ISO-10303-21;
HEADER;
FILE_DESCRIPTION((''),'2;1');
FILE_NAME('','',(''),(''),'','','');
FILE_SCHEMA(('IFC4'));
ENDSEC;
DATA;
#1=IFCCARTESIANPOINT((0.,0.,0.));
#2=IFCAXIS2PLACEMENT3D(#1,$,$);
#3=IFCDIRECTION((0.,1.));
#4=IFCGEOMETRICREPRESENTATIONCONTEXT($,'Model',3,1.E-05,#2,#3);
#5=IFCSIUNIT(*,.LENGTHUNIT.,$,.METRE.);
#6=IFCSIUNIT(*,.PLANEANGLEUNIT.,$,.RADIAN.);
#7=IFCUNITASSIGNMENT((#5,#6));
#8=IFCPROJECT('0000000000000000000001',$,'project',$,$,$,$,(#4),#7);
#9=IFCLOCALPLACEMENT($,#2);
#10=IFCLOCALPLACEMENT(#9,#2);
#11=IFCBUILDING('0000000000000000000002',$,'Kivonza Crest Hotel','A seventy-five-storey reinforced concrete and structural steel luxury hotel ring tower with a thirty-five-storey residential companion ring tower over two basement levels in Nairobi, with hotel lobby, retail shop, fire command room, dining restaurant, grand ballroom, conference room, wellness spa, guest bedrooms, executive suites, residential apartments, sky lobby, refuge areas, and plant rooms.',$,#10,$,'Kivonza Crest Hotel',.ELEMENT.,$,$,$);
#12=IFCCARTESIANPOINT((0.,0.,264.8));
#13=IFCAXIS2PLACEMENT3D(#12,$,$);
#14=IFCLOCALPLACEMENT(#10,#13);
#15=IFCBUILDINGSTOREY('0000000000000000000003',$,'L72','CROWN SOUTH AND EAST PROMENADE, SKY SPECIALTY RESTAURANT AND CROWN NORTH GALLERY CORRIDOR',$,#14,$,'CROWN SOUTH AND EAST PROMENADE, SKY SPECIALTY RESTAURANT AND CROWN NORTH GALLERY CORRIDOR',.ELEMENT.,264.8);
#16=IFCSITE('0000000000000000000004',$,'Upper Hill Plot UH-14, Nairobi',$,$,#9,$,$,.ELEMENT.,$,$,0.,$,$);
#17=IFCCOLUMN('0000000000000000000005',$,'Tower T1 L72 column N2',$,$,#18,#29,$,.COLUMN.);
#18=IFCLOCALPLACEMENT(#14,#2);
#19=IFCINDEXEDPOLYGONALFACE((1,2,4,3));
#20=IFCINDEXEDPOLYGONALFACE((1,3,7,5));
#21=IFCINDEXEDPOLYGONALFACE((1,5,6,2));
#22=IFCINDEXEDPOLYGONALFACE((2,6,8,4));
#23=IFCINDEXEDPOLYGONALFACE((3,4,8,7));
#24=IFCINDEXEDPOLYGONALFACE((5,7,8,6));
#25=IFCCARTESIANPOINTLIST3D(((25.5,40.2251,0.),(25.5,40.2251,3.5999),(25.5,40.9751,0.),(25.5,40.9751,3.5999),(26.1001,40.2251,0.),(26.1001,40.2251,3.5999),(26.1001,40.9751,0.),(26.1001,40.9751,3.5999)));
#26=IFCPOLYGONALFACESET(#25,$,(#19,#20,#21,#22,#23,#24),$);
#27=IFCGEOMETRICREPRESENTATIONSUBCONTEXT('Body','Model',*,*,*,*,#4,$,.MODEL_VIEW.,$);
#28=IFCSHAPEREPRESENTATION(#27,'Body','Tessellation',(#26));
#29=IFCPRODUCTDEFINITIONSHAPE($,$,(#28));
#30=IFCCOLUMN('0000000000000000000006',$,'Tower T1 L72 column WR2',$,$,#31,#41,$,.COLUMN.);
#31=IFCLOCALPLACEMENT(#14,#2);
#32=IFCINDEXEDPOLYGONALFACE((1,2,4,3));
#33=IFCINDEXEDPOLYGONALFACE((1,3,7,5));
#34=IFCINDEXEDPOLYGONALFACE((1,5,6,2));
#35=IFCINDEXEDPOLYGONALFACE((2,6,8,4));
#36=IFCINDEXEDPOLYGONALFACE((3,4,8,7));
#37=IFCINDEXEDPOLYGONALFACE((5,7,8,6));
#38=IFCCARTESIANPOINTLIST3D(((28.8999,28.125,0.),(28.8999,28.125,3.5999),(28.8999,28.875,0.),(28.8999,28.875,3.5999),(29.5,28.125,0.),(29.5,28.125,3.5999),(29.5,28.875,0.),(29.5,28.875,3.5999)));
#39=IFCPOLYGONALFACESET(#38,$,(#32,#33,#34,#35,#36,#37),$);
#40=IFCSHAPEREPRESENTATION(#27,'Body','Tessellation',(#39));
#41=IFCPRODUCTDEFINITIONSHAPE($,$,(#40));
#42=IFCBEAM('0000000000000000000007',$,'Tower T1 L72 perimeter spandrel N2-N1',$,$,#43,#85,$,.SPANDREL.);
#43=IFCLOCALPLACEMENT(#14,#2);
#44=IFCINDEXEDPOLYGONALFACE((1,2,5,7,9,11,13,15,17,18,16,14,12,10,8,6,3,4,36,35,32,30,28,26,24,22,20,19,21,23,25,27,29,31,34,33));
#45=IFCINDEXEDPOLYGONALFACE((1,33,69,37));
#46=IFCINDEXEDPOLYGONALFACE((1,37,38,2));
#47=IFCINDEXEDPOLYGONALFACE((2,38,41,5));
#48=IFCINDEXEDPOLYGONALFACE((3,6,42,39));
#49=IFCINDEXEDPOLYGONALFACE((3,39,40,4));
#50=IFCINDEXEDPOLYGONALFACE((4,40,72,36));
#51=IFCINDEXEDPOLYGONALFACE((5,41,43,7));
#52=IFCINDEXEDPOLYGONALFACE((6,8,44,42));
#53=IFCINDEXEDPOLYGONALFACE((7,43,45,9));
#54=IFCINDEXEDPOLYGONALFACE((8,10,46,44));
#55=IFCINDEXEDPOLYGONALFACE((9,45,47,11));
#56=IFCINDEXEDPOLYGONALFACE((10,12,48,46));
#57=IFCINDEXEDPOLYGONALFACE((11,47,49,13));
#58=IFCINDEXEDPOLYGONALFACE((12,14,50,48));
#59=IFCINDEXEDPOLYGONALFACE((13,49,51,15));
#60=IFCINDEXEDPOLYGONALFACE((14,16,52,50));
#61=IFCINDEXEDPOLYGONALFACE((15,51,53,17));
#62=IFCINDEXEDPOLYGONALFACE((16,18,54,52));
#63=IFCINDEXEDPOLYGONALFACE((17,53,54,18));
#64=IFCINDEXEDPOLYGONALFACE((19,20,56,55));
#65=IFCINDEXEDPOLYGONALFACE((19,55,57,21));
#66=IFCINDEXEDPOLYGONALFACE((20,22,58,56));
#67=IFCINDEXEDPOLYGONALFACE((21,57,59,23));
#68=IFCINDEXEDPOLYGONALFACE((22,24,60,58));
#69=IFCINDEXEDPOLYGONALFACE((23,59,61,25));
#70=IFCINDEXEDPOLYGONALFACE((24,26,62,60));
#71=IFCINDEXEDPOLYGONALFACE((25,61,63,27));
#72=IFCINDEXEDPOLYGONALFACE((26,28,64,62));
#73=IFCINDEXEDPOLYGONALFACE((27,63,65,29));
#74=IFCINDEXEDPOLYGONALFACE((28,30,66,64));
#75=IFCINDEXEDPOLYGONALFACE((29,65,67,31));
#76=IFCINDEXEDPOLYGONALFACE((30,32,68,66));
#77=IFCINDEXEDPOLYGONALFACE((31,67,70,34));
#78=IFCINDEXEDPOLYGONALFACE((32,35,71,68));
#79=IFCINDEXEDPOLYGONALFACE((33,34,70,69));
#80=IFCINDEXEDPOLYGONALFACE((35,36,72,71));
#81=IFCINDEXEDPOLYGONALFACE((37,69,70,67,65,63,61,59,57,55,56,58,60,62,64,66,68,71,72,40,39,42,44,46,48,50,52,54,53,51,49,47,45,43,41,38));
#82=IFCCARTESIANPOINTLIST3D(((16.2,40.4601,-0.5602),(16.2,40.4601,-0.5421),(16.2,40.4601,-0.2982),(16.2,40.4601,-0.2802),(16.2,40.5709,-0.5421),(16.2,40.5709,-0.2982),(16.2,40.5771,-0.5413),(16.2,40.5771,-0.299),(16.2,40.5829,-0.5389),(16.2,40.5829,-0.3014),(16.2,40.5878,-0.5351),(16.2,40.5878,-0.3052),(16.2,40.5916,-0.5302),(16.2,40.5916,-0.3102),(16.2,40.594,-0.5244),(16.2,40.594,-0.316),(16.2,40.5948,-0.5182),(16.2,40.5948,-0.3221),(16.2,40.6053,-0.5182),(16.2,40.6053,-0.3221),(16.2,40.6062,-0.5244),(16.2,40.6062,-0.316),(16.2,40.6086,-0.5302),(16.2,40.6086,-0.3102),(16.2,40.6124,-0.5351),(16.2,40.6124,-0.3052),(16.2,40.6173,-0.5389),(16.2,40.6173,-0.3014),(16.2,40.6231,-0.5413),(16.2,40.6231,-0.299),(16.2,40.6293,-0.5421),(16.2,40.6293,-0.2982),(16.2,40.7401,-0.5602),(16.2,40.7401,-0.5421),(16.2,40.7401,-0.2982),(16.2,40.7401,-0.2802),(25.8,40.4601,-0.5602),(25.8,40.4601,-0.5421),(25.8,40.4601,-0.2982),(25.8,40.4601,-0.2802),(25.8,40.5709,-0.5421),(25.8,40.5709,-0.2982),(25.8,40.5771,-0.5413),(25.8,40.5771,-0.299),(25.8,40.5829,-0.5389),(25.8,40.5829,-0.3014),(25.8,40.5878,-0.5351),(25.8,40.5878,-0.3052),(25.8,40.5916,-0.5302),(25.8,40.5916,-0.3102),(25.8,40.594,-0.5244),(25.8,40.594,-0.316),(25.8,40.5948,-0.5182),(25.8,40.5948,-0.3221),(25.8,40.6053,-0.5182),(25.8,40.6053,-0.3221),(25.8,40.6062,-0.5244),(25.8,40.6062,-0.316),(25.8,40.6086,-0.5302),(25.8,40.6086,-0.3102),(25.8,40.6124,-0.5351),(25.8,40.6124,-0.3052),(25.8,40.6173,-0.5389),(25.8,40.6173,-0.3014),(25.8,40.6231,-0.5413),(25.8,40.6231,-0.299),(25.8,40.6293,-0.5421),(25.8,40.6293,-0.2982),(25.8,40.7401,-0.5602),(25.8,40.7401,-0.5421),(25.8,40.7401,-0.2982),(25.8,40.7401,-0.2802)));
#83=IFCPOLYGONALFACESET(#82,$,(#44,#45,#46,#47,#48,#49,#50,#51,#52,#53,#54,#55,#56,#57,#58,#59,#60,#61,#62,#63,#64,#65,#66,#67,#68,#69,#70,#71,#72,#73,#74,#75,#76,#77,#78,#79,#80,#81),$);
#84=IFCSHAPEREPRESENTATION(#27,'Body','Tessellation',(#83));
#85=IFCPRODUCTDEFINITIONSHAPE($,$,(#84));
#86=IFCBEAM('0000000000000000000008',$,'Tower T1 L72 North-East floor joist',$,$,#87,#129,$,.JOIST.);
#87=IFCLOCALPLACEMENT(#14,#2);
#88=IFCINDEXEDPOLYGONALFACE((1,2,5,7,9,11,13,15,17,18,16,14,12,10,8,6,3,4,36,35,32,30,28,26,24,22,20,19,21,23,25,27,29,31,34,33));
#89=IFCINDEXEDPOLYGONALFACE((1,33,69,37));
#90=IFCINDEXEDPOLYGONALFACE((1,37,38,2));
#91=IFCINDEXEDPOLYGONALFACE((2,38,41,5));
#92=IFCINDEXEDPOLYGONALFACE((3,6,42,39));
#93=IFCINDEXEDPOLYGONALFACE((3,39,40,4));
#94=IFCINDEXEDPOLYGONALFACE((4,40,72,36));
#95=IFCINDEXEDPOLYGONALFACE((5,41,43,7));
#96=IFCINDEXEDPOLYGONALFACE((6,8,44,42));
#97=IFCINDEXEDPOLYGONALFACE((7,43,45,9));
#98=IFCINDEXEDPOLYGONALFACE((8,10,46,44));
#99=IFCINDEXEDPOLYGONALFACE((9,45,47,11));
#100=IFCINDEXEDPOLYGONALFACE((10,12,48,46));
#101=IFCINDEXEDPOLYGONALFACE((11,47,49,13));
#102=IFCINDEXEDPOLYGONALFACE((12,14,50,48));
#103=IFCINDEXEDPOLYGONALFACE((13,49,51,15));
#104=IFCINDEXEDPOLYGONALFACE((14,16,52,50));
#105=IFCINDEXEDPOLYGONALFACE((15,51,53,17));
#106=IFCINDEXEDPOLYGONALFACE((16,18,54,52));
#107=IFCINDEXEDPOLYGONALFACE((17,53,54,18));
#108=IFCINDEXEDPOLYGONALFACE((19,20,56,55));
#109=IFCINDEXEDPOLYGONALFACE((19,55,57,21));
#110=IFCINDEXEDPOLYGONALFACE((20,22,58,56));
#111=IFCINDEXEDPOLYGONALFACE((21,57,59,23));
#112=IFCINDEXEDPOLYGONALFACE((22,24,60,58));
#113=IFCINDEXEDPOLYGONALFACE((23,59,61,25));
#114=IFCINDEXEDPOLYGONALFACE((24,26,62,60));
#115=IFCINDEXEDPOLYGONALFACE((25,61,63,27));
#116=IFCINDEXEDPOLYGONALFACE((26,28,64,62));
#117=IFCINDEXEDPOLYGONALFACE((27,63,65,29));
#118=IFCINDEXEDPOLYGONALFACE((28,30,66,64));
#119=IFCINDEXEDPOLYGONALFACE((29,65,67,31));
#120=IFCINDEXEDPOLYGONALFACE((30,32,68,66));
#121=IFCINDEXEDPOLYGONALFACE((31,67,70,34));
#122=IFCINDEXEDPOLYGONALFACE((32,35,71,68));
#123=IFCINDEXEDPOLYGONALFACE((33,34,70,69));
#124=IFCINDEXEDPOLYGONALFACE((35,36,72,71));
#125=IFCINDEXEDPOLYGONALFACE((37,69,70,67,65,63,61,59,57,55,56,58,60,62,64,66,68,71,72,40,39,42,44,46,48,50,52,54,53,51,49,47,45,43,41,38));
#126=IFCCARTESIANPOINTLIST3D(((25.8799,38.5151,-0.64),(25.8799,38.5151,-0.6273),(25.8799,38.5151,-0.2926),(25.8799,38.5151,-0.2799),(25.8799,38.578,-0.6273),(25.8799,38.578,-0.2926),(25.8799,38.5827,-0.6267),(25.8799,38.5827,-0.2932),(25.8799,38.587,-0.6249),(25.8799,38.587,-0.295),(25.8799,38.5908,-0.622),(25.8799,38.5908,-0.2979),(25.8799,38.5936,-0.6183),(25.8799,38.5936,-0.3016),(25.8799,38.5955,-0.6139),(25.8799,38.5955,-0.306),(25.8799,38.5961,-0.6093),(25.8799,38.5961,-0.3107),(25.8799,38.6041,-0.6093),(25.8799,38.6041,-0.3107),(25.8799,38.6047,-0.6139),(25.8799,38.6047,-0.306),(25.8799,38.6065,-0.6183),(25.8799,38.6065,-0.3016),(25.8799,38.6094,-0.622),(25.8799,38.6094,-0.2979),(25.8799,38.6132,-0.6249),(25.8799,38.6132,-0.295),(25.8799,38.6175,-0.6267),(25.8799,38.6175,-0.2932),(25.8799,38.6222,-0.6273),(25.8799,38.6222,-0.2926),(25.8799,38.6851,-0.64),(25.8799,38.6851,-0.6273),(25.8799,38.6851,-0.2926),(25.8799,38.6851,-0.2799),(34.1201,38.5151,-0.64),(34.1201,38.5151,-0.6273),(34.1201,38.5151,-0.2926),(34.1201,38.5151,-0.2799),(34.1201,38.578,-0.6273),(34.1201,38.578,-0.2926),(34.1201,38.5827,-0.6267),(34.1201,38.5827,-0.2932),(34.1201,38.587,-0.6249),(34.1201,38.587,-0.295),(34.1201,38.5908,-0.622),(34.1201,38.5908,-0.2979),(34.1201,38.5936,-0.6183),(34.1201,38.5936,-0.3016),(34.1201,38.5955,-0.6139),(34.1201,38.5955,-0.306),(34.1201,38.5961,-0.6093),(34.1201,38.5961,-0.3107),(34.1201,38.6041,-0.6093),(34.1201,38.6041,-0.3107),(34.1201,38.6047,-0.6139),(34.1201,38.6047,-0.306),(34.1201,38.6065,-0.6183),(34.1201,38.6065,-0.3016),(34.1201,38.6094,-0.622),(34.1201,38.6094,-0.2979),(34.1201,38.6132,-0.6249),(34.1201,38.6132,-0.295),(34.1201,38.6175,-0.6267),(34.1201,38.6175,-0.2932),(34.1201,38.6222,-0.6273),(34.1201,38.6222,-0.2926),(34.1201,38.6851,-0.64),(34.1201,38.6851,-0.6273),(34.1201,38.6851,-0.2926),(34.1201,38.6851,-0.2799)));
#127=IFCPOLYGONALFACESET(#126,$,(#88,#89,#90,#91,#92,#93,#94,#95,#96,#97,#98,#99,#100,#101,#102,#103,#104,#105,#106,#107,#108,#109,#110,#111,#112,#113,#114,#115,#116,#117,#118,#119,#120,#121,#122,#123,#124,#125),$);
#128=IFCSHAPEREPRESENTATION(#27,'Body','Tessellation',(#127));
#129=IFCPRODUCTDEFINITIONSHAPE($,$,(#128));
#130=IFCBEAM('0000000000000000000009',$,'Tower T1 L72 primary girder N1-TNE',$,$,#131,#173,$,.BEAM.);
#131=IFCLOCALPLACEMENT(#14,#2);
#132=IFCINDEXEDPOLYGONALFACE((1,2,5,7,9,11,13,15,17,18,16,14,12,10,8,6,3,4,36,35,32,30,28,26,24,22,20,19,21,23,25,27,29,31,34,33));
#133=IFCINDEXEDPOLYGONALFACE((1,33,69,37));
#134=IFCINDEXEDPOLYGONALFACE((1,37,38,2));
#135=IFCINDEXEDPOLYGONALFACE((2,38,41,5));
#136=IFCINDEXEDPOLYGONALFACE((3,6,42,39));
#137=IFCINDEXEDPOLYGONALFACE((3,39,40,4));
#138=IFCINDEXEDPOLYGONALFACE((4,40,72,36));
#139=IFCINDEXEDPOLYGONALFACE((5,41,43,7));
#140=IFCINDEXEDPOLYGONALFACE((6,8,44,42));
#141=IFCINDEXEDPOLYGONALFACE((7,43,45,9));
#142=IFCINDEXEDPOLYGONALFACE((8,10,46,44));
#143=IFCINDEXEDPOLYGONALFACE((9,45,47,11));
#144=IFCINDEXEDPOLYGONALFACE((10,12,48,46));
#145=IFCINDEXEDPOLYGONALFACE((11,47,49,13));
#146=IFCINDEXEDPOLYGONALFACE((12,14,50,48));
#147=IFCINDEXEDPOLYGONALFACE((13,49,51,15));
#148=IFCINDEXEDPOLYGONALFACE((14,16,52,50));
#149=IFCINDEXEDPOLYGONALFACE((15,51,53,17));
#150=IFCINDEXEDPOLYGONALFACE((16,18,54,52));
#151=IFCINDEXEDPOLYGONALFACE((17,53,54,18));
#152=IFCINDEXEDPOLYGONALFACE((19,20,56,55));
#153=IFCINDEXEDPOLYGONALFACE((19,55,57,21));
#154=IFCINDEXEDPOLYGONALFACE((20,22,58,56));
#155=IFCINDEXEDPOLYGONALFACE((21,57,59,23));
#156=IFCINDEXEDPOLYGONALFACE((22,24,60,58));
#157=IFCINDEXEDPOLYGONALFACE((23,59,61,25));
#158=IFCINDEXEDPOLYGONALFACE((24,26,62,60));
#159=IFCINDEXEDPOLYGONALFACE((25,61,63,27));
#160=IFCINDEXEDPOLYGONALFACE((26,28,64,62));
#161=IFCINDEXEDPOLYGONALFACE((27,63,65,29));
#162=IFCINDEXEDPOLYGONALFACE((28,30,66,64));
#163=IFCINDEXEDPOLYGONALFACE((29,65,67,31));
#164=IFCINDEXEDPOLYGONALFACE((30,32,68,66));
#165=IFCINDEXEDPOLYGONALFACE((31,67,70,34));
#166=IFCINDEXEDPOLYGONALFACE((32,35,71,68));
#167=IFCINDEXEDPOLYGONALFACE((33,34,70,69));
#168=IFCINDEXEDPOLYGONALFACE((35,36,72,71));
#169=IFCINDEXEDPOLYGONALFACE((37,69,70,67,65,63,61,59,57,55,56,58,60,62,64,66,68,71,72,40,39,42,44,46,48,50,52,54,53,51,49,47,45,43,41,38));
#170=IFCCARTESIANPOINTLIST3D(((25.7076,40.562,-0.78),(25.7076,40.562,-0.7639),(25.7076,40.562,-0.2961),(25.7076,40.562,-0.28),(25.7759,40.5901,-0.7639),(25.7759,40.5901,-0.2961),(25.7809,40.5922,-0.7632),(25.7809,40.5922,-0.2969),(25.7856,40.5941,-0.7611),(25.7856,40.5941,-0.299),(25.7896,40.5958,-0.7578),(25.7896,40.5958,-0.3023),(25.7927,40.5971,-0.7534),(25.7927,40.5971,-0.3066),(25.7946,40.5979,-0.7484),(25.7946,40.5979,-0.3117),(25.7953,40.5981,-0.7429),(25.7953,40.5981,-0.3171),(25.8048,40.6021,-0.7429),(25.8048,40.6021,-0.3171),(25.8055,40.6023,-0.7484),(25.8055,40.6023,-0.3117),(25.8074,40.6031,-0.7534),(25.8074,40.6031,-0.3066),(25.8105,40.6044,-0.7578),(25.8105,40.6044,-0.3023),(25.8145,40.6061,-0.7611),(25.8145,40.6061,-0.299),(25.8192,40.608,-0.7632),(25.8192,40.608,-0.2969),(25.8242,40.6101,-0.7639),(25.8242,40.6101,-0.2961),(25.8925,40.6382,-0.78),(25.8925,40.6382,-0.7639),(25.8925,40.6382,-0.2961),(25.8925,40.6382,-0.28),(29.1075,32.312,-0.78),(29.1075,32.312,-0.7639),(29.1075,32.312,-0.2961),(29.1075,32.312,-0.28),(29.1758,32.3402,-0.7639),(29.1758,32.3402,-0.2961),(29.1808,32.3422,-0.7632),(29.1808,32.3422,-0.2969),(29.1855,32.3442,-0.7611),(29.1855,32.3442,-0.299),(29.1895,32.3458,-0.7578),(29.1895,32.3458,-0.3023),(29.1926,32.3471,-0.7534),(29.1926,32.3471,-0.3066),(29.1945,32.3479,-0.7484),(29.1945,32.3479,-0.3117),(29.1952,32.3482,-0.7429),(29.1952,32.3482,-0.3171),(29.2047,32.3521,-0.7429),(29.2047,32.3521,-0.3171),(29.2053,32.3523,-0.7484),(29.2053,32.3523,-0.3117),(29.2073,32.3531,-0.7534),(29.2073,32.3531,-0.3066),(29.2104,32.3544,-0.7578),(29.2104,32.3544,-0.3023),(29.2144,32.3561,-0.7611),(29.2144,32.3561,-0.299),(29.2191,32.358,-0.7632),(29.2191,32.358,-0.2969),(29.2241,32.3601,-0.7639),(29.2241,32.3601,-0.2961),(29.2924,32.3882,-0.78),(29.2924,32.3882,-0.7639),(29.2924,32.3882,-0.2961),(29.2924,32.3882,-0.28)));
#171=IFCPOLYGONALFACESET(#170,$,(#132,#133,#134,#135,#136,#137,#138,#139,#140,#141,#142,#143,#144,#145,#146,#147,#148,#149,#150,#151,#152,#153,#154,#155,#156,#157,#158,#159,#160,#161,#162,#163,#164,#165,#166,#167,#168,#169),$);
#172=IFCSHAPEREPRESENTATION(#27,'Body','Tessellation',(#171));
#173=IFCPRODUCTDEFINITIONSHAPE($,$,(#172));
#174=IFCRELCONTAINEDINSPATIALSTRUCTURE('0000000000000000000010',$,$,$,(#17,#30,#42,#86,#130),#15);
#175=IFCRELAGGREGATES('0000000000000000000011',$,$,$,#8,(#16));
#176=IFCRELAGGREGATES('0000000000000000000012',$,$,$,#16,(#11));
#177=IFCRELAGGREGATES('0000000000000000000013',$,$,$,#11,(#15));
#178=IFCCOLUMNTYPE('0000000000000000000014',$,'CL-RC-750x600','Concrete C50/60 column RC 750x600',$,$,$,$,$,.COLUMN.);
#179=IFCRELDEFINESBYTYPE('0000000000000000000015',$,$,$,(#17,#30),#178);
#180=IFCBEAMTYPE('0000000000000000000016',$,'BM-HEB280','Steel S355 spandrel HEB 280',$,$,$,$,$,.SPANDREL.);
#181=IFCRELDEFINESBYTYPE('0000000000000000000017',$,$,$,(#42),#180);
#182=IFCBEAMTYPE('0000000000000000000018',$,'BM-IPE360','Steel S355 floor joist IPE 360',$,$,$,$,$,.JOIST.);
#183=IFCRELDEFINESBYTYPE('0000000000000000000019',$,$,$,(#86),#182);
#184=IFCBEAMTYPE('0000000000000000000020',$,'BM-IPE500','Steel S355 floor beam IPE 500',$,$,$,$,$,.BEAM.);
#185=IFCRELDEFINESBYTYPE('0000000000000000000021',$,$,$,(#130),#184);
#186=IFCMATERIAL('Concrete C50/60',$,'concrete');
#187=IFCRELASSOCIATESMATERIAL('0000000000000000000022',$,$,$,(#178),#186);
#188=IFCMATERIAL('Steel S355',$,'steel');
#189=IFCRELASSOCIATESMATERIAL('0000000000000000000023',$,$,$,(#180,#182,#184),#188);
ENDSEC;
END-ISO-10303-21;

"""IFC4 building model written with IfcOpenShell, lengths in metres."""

from ifc_helpers import new_model, si_unit, direction, frame, origin, origin_2d, place, context, subcontext, project, spatial, rectangle, i_section, extrude, material, material_profile, profile_set, type_object, element, save


model = new_model("IFC4")

# Units and contexts
model_context = context("Model", 3, precision=1e-05, world=origin(), true_north=direction((0.0, 1.0)))
body_context = subcontext(model_context, "Body", "Model", "MODEL_VIEW")
ifc_project = project(units=[si_unit("LENGTHUNIT", "METRE"), si_unit("PLANEANGLEUNIT", "RADIAN")], contexts=[model_context])

# Site, building, storey
site_placement = place(None, origin())
site = spatial("IfcSite", under=ifc_project, at=site_placement, Name="Upper Hill Plot UH-14, Nairobi", CompositionType="ELEMENT", RefElevation=0.0)
building_placement = place(site_placement, origin())
building = spatial("IfcBuilding", under=site, at=building_placement, Name="Kivonza Crest Hotel", Description="A seventy-five-storey reinforced concrete and structural steel luxury hotel ring tower with a thirty-five-storey residential companion ring tower over two basement levels in Nairobi, with hotel lobby, retail shop, fire command room, dining restaurant, grand ballroom, conference room, wellness spa, guest bedrooms, executive suites, residential apartments, sky lobby, refuge areas, and plant rooms.", LongName="Kivonza Crest Hotel", CompositionType="ELEMENT")
storey_placement = place(building_placement, frame((0.0, 0.0, 264.8)))
storey = spatial("IfcBuildingStorey", under=building, at=storey_placement, Name="L72", Description="CROWN SOUTH AND EAST PROMENADE, SKY SPECIALTY RESTAURANT AND CROWN NORTH GALLERY CORRIDOR", LongName="CROWN SOUTH AND EAST PROMENADE, SKY SPECIALTY RESTAURANT AND CROWN NORTH GALLERY CORRIDOR", CompositionType="ELEMENT", Elevation=264.8)

# Columns
ifc_material_1 = material(Name="Concrete C50/60", Category="concrete")
ifc_material_profile_1 = material_profile(ifc_material_1, rectangle(XDim=0.6001, YDim=0.75, at=origin_2d()), Name="RC 750x600")
ifc_profile_set_1 = profile_set([ifc_material_profile_1], Name="Concrete C50/60")
column_type = type_object("IfcColumnType", Name="CL-RC-750x600", Description="Concrete C50/60 column RC 750x600", PredefinedType="COLUMN", material=ifc_profile_set_1)
for number, where, z_axis, x_axis, name in (
    (1, (25.8, 40.6001, 0.0), (0.0, 0.0, 1.0), (1.0, 0.0, 0.0), "Tower T1 L72 column N2"),
    (2, (29.2, 28.5, 0.0), (0.0, 0.0, 1.0), (1.0, 0.0, 0.0), "Tower T1 L72 column WR2"),
):
    element("IfcColumn", number, at=place(storey_placement, frame(where, z_axis=z_axis, x_axis=x_axis)), inside=storey, type_object=column_type, Name=name, PredefinedType="COLUMN", context=body_context, shape_type="SweptSolid", body=[
        extrude(rectangle(XDim=0.6001, YDim=0.75, at=origin_2d()), origin(), (0.0, 0.0, 1.0), 3.5999),
    ])

# Beams
ifc_material_2 = material(Name="Steel S355", Category="steel")
ifc_material_profile_2 = material_profile(ifc_material_2, i_section(OverallWidth=0.28, OverallDepth=0.28, WebThickness=0.0105, FlangeThickness=0.0181, FilletRadius=0.0239, at=origin_2d()), Name="HEB 280")
ifc_profile_set_2 = profile_set([ifc_material_profile_2], Name="Steel S355")
beam_type_1 = type_object("IfcBeamType", Name="BM-HEB280", Description="Steel S355 spandrel HEB 280", PredefinedType="SPANDREL", material=ifc_profile_set_2)
beam_1_placement = place(storey_placement, frame((25.8, 40.6001, -0.4202), z_axis=(-1.0, 0.0, 0.0), x_axis=(0.0, -1.0, 0.0)))
element("IfcBeam", 3, at=beam_1_placement, inside=storey, type_object=beam_type_1, Name="Tower T1 L72 perimeter spandrel N2-N1", PredefinedType="SPANDREL", context=body_context, shape_type="SweptSolid", body=[
    extrude(i_section(OverallWidth=0.28, OverallDepth=0.28, WebThickness=0.0105, FlangeThickness=0.0181, FilletRadius=0.0239, at=origin_2d()), origin(), (0.0, 0.0, 1.0), 9.6001),
])
ifc_material_profile_3 = material_profile(ifc_material_2, i_section(OverallWidth=0.1699, OverallDepth=0.3601, WebThickness=0.0081, FlangeThickness=0.0127, FilletRadius=0.0181, at=origin_2d()), Name="IPE 360")
ifc_profile_set_3 = profile_set([ifc_material_profile_3], Name="Steel S355")
beam_type_2 = type_object("IfcBeamType", Name="BM-IPE360", Description="Steel S355 floor joist IPE 360", PredefinedType="JOIST", material=ifc_profile_set_3)
beam_2_placement = place(storey_placement, frame((25.8799, 38.6001, -0.46), z_axis=(1.0, 0.0, 0.0), x_axis=(0.0, 1.0, 0.0)))
element("IfcBeam", 4, at=beam_2_placement, inside=storey, type_object=beam_type_2, Name="Tower T1 L72 North-East floor joist", PredefinedType="JOIST", context=body_context, shape_type="SweptSolid", body=[
    extrude(i_section(OverallWidth=0.1699, OverallDepth=0.3601, WebThickness=0.0081, FlangeThickness=0.0127, FilletRadius=0.0181, at=origin_2d()), origin(), (0.0, 0.0, 1.0), 8.2402),
])
ifc_material_profile_4 = material_profile(ifc_material_2, i_section(OverallWidth=0.2, OverallDepth=0.5, WebThickness=0.0103, FlangeThickness=0.0161, FilletRadius=0.021, at=origin_2d()), Name="IPE 500")
ifc_profile_set_4 = profile_set([ifc_material_profile_4], Name="Steel S355")
beam_type_3 = type_object("IfcBeamType", Name="BM-IPE500", Description="Steel S355 floor beam IPE 500", PredefinedType="BEAM", material=ifc_profile_set_4)
beam_3_placement = place(storey_placement, frame((25.8, 40.6001, -0.53), z_axis=(0.381022, -0.924566, 0.0), x_axis=(0.924566, 0.381022, 0.0)))
element("IfcBeam", 5, at=beam_3_placement, inside=storey, type_object=beam_type_3, Name="Tower T1 L72 primary girder N1-TNE", PredefinedType="BEAM", context=body_context, shape_type="SweptSolid", body=[
    extrude(i_section(OverallWidth=0.2, OverallDepth=0.5, WebThickness=0.0103, FlangeThickness=0.0161, FilletRadius=0.021, at=origin_2d()), origin(), (0.0, 0.0, 1.0), 8.9231),
])

save(model, "model.ifc")
